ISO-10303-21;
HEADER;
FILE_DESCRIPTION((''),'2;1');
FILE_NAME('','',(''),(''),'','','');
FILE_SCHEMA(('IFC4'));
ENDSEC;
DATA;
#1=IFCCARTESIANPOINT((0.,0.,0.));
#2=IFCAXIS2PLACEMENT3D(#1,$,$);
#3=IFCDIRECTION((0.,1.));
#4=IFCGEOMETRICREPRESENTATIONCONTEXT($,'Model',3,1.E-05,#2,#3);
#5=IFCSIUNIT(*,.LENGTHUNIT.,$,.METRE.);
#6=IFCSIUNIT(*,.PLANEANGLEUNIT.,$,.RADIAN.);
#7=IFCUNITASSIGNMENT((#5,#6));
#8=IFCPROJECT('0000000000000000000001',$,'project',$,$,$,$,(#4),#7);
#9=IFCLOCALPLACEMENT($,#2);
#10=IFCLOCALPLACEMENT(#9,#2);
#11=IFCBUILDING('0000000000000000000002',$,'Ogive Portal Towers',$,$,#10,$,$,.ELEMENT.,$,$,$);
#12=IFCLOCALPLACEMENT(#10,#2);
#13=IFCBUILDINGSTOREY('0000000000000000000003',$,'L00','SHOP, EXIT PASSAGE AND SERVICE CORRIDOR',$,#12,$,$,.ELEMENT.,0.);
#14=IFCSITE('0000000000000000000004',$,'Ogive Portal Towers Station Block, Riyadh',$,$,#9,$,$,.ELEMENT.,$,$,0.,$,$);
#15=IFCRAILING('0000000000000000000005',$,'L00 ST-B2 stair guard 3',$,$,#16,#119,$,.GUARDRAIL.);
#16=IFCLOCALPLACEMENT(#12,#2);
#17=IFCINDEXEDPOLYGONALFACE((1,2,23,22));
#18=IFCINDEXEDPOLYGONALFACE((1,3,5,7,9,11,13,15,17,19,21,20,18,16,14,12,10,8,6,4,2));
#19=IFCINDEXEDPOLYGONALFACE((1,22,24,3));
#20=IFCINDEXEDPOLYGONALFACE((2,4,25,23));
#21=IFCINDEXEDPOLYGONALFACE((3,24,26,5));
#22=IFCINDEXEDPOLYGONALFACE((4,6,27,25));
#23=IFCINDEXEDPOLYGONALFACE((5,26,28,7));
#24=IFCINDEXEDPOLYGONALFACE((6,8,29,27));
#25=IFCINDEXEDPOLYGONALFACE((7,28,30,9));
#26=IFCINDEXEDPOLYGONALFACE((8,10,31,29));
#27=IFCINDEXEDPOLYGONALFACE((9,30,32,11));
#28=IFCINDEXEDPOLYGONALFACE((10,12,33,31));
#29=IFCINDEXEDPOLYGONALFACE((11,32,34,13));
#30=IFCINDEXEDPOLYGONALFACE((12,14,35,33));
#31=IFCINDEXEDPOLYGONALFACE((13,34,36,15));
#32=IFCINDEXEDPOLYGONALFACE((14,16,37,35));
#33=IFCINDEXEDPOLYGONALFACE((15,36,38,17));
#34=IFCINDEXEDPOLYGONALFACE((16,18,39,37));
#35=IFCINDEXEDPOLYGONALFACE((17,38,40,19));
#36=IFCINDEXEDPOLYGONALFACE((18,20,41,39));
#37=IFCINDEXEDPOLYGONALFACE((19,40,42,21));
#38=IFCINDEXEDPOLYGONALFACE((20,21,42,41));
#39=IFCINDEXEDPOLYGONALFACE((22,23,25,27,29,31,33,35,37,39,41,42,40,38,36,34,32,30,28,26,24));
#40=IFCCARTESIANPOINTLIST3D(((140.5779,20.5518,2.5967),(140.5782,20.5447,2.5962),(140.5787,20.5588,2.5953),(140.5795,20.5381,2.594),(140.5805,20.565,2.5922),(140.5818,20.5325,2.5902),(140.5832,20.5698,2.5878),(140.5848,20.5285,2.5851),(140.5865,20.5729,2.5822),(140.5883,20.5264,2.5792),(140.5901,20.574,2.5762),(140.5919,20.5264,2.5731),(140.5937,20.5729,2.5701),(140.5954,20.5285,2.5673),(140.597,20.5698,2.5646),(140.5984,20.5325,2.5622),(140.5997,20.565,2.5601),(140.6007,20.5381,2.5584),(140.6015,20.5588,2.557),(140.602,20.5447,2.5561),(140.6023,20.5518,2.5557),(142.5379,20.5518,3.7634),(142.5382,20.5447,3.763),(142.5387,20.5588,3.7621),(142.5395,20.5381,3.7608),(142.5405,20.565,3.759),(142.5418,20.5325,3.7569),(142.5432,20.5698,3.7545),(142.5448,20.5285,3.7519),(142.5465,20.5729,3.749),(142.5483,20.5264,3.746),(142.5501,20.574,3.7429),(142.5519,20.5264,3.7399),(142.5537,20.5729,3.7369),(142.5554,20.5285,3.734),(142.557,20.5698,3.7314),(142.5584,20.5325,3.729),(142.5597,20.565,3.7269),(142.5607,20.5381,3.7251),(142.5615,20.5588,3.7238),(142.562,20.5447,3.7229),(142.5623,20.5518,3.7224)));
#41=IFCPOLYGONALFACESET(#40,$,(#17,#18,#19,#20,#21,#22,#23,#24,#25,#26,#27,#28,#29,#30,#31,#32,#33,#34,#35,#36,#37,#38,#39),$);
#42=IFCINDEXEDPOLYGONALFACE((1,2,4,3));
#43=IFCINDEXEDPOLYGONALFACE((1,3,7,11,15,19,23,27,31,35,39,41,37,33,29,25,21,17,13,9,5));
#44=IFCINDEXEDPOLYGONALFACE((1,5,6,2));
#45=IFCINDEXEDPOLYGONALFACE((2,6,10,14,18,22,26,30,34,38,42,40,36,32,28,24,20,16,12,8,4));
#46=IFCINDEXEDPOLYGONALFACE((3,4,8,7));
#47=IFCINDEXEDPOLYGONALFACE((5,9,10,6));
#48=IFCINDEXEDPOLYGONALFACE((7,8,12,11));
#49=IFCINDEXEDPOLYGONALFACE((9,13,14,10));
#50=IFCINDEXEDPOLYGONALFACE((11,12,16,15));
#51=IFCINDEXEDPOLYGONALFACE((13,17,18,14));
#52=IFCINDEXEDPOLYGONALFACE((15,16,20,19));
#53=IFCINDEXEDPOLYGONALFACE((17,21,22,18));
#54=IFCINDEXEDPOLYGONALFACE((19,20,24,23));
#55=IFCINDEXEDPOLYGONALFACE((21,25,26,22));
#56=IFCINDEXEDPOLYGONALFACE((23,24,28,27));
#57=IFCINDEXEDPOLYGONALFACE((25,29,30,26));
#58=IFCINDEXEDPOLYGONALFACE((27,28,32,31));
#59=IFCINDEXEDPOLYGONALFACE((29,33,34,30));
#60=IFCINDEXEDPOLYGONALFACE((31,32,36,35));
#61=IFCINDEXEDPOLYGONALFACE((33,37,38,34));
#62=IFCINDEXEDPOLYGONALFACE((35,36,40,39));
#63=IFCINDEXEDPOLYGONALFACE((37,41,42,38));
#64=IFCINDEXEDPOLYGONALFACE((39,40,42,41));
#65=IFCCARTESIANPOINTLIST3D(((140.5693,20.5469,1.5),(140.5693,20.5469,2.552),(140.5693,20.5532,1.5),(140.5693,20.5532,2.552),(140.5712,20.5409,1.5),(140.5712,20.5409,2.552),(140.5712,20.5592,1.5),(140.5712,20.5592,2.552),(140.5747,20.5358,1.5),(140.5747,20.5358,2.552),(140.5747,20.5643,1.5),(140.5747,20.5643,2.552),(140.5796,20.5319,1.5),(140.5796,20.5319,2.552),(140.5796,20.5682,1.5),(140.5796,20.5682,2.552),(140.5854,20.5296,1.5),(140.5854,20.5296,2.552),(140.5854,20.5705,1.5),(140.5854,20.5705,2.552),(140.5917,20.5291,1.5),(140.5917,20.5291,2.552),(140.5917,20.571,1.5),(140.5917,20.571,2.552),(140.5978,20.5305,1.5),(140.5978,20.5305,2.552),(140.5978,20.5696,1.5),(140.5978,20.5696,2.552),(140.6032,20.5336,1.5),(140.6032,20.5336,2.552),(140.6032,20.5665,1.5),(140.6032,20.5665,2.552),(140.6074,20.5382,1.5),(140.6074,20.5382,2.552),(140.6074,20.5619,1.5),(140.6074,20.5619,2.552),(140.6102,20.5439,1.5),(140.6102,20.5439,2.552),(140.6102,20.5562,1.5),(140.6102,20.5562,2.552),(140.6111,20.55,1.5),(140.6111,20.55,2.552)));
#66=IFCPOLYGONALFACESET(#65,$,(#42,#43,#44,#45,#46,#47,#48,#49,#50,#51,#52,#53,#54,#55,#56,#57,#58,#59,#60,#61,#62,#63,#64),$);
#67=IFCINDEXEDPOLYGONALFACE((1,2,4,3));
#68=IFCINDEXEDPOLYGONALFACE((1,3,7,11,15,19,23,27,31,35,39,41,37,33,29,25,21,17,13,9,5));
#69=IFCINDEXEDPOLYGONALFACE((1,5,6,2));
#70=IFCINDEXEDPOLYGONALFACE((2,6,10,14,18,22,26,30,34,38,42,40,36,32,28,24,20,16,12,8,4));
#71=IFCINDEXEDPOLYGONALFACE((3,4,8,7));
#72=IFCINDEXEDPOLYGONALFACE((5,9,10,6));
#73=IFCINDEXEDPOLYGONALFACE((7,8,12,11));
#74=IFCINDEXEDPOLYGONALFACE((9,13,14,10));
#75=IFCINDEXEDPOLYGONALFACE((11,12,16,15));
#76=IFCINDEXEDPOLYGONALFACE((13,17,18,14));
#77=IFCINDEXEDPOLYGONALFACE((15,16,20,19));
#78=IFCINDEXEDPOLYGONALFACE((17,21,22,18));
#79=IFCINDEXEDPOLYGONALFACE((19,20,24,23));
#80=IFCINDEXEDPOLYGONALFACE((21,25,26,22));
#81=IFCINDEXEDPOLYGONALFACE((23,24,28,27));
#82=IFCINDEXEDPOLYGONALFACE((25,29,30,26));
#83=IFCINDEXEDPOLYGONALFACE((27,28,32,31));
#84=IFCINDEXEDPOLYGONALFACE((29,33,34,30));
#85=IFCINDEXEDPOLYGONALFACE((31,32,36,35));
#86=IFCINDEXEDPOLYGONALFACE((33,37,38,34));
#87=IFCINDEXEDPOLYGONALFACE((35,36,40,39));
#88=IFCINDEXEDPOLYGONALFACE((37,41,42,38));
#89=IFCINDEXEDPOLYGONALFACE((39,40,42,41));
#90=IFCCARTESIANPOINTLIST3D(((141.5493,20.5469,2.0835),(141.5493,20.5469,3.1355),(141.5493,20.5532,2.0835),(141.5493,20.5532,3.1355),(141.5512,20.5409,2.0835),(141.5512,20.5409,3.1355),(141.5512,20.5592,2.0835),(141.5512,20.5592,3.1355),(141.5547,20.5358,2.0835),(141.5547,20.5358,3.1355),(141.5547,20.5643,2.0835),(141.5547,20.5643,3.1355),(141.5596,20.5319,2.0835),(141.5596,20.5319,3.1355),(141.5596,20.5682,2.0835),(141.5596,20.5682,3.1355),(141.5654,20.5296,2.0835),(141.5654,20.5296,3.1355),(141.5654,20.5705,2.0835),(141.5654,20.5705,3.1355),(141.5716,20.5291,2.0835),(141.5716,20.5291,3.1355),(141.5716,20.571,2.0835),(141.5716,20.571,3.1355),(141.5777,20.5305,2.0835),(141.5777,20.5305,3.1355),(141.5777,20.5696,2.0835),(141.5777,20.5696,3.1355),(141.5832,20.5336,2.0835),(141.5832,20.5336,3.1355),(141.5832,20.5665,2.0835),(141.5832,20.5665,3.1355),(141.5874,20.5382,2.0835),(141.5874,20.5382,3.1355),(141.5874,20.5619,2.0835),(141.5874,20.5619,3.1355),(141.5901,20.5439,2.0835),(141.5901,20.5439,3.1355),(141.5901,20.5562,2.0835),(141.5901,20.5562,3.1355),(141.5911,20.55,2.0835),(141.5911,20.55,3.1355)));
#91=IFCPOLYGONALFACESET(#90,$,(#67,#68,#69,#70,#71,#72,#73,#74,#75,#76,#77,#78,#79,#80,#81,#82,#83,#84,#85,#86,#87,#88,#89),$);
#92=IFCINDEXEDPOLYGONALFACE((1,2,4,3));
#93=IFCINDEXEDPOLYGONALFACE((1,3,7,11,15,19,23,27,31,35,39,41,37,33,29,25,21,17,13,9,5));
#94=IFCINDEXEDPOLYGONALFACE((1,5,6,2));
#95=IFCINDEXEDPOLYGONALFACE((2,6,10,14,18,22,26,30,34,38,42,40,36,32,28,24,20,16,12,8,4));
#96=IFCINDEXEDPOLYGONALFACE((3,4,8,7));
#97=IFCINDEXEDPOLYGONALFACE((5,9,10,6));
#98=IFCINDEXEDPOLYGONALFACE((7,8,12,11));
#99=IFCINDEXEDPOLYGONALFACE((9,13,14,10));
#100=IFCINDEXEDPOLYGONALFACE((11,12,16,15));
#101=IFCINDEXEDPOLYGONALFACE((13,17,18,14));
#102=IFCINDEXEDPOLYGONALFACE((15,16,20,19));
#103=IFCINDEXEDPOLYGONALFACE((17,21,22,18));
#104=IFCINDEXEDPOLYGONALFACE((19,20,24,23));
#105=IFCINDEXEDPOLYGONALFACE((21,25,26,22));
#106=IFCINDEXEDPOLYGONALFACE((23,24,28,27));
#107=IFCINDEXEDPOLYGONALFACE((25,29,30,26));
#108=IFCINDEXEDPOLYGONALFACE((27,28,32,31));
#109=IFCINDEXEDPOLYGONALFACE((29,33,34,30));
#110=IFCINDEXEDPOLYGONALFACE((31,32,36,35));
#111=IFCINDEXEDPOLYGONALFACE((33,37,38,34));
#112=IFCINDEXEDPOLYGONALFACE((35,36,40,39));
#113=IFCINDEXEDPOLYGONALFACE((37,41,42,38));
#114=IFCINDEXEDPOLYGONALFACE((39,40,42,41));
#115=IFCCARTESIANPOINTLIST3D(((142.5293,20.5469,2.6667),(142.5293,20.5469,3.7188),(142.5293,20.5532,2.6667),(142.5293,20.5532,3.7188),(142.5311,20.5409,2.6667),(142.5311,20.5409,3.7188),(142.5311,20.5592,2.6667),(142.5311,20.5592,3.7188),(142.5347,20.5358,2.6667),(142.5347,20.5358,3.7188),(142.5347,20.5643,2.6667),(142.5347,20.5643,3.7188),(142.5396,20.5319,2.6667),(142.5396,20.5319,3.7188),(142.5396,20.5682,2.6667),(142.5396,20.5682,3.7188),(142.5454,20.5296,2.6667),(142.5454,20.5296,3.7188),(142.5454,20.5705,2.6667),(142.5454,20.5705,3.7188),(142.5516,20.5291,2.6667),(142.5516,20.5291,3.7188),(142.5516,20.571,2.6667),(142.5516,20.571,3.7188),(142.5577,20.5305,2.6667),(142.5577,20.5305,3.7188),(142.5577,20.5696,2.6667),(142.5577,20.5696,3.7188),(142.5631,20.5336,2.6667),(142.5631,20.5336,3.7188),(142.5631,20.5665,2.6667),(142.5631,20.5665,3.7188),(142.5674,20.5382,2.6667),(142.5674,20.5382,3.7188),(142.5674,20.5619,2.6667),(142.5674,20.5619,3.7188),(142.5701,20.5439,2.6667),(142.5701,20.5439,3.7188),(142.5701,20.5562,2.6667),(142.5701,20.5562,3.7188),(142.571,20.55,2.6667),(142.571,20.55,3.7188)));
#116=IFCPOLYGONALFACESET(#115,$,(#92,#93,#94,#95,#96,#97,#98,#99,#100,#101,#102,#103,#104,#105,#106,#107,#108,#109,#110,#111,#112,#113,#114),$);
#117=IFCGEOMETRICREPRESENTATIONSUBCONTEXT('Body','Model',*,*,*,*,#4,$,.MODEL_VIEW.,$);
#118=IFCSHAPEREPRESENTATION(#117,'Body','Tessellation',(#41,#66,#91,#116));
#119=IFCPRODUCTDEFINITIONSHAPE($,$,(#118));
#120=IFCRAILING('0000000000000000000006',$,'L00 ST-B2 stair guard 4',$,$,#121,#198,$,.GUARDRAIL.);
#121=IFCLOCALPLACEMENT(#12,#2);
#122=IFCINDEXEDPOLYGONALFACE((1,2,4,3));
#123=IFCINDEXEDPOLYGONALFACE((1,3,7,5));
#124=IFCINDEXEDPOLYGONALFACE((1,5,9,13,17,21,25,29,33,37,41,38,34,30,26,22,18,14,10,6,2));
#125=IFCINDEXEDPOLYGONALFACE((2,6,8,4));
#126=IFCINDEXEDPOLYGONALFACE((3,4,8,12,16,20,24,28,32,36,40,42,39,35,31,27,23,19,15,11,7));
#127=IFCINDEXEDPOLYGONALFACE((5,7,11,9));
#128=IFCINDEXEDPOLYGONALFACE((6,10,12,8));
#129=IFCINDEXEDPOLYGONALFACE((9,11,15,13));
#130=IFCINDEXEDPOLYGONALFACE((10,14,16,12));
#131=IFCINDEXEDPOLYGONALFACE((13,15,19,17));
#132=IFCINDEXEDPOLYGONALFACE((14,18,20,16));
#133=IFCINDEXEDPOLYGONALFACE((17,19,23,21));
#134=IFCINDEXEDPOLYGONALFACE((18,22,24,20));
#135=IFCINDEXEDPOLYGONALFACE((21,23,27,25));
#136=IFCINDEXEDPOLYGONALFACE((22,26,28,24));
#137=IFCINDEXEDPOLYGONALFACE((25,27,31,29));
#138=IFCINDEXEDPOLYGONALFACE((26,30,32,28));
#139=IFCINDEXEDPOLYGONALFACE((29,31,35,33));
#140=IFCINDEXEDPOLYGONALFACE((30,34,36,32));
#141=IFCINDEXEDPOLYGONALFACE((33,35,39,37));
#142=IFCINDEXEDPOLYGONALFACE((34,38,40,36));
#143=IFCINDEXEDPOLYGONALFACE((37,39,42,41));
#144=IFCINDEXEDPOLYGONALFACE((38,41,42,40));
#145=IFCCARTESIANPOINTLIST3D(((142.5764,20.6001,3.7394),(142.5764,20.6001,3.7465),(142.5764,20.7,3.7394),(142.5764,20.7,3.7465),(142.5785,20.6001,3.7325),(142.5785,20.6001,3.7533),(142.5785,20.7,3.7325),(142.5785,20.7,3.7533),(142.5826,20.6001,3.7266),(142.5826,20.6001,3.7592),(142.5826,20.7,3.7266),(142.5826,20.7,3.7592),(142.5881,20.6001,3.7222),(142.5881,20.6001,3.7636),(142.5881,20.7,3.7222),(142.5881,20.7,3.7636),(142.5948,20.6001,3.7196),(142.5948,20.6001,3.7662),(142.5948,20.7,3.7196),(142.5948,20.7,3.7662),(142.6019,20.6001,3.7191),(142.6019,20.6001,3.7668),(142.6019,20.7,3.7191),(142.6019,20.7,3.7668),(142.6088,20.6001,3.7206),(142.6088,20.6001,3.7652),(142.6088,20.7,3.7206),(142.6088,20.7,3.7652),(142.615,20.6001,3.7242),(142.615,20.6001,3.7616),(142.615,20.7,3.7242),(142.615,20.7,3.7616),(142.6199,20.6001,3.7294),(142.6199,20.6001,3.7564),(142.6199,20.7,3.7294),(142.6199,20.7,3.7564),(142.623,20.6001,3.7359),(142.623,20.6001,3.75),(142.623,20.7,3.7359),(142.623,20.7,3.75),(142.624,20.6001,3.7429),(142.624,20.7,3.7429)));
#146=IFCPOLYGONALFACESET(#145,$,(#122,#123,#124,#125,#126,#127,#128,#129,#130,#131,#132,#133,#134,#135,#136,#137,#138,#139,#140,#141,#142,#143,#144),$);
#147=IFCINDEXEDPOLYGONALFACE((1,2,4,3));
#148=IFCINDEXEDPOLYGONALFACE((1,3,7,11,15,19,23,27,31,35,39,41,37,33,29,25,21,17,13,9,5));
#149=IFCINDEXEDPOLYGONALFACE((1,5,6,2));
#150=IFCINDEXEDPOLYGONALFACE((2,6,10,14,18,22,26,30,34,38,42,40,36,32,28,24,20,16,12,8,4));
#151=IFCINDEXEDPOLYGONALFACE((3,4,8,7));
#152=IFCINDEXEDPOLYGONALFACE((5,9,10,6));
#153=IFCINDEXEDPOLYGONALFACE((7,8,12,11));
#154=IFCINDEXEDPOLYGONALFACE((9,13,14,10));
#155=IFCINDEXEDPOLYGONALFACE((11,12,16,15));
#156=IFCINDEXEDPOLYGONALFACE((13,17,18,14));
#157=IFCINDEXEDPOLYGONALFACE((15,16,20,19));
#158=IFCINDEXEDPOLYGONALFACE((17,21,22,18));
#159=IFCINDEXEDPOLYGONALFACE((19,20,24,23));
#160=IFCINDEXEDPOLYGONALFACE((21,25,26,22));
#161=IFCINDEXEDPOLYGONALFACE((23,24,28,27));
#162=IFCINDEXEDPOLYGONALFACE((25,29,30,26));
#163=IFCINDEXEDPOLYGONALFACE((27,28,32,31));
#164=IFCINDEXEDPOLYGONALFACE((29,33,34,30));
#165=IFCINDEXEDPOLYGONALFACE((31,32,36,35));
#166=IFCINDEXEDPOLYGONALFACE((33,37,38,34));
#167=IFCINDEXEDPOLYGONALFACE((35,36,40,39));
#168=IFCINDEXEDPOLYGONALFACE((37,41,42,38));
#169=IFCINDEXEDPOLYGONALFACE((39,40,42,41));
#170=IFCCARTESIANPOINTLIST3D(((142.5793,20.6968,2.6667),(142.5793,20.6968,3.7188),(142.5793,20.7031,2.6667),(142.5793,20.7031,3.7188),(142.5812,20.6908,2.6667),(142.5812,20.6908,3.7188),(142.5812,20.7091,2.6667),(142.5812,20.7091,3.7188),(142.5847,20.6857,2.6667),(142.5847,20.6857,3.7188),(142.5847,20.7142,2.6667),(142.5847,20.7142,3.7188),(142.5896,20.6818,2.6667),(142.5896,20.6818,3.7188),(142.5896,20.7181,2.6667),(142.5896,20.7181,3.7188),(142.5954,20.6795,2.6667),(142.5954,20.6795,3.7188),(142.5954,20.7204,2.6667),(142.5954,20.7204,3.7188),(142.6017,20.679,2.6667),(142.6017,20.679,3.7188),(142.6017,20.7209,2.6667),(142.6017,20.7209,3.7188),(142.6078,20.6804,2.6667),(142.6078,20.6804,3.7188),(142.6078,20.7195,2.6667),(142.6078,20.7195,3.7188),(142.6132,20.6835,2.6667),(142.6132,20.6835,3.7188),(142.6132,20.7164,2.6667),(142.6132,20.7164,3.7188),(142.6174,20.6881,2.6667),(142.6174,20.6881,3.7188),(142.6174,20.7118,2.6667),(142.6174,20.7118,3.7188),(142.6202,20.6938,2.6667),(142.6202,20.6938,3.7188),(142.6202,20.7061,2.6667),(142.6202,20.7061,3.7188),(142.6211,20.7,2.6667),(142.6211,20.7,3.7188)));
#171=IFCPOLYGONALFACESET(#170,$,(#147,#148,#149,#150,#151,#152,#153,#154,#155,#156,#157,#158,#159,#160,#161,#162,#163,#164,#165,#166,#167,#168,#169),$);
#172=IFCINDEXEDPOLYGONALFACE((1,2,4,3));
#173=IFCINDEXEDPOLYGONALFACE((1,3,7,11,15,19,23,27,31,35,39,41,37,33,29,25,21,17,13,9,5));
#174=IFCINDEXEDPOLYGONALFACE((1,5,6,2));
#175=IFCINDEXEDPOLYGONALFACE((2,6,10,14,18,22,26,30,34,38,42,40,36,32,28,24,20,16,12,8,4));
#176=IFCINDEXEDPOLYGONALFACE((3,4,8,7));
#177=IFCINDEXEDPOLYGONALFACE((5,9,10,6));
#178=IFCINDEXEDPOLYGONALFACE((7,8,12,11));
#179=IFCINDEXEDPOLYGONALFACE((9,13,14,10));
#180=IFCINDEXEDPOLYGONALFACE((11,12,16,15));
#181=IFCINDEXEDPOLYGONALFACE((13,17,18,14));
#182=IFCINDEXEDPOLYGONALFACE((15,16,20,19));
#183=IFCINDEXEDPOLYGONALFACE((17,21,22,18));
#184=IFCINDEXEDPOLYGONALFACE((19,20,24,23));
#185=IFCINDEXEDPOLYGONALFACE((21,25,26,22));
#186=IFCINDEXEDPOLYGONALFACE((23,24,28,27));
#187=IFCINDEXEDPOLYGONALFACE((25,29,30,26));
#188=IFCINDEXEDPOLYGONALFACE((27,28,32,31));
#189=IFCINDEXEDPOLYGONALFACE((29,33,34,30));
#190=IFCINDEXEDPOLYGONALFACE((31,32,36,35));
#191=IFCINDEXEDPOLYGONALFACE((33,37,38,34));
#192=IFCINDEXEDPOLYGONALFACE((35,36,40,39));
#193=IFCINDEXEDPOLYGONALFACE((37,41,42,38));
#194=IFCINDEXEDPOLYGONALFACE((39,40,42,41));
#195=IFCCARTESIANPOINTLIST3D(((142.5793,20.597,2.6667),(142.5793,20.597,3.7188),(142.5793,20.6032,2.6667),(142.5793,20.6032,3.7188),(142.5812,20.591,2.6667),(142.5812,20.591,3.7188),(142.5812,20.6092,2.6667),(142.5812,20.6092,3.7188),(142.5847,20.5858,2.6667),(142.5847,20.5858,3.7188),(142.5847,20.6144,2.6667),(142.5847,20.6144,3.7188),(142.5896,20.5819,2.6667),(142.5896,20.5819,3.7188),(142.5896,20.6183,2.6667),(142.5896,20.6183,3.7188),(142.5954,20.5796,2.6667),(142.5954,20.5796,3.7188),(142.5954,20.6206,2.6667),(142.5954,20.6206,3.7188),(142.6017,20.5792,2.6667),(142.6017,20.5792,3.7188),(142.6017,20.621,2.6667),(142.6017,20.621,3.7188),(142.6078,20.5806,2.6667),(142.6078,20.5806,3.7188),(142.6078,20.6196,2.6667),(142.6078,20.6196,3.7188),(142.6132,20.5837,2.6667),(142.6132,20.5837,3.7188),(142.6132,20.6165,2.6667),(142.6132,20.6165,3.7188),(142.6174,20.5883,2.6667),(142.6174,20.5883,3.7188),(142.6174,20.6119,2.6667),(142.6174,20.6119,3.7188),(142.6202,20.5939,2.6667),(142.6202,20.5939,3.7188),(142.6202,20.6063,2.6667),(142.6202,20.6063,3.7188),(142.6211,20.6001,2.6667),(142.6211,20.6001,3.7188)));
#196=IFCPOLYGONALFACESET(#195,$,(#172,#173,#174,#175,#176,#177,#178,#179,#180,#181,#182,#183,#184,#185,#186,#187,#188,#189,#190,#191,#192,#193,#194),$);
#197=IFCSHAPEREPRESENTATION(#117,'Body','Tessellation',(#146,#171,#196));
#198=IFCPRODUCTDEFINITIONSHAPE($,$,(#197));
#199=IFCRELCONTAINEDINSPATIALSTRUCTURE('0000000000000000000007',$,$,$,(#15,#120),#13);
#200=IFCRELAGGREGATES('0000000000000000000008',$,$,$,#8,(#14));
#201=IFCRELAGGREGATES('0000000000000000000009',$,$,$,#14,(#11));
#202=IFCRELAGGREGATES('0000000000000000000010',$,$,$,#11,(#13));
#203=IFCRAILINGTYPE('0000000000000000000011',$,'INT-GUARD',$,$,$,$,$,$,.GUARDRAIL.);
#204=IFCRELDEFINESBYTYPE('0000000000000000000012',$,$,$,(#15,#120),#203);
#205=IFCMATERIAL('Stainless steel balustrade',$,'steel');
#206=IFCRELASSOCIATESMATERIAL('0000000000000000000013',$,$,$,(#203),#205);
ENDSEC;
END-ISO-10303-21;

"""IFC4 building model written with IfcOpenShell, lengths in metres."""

from ifc_helpers import new_model, si_unit, direction, frame, origin, origin_2d, place, context, subcontext, project, spatial, circle, extrude, material, type_object, element, save


model = new_model("IFC4")

# Units and contexts
model_context = context("Model", 3, precision=1e-05, world=origin(), true_north=direction((0.0, 1.0)))
body_context = subcontext(model_context, "Body", "Model", "MODEL_VIEW")
ifc_project = project(units=[si_unit("LENGTHUNIT", "METRE"), si_unit("PLANEANGLEUNIT", "RADIAN")], contexts=[model_context])

# Site, building, storey
site_placement = place(None, origin())
site = spatial("IfcSite", under=ifc_project, at=site_placement, Name="Ogive Portal Towers Station Block, Riyadh", CompositionType="ELEMENT", RefElevation=0.0)
building_placement = place(site_placement, origin())
building = spatial("IfcBuilding", under=site, at=building_placement, Name="Ogive Portal Towers", CompositionType="ELEMENT")
storey_placement = place(building_placement, origin())
storey = spatial("IfcBuildingStorey", under=building, at=storey_placement, Name="L00", Description="SHOP, EXIT PASSAGE AND SERVICE CORRIDOR", CompositionType="ELEMENT", Elevation=0.0)

# Railings
ifc_material_1 = material(Name="Stainless steel balustrade", Category="steel")
railing_type_1 = type_object("IfcRailingType", Name="INT-GUARD", PredefinedType="GUARDRAIL", material=ifc_material_1)
railing_1_placement = place(storey_placement, frame((140.5901, 20.55, 1.5)))
element("IfcRailing", 1, at=railing_1_placement, inside=storey, type_object=railing_type_1, Name="L00 ST-B2 stair guard 3", PredefinedType="GUARDRAIL", context=body_context, shape_type="SweptSolid", body=[
    extrude(circle(Radius=0.0239, at=origin_2d()), frame((0.0, 0.0, 1.0762), z_axis=(0.859273, 0.0, 0.511518), x_axis=(0.0, 1.0, 0.0)), (0.0, 0.0, 1.0), 2.281),
    extrude(circle(Radius=0.021, at=origin_2d()), origin(), (0.0, 0.0, 1.0), 1.052),
    extrude(circle(Radius=0.021, at=origin_2d()), frame((0.98, 0.0, 0.5835)), (0.0, 0.0, 1.0), 1.052),
    extrude(circle(Radius=0.021, at=origin_2d()), frame((1.96, 0.0, 1.1667)), (0.0, 0.0, 1.0), 1.052),
])
railing_2_placement = place(storey_placement, frame((142.6001, 20.7, 2.6667)))
element("IfcRailing", 2, at=railing_2_placement, inside=storey, type_object=railing_type_1, Name="L00 ST-B2 stair guard 4", PredefinedType="GUARDRAIL", context=body_context, shape_type="SweptSolid", body=[
    extrude(circle(Radius=0.0239, at=origin_2d()), frame((0.0, 0.0, 1.0762), z_axis=(0.0, -1.0, 0.0), x_axis=(1.0, 0.0, 0.0)), (0.0, 0.0, 1.0), 0.0999),
    extrude(circle(Radius=0.021, at=origin_2d()), origin(), (0.0, 0.0, 1.0), 1.052),
    extrude(circle(Radius=0.021, at=origin_2d()), frame((0.0, -0.0999, 0.0)), (0.0, 0.0, 1.0), 1.052),
])

save(model, "model.ifc")
